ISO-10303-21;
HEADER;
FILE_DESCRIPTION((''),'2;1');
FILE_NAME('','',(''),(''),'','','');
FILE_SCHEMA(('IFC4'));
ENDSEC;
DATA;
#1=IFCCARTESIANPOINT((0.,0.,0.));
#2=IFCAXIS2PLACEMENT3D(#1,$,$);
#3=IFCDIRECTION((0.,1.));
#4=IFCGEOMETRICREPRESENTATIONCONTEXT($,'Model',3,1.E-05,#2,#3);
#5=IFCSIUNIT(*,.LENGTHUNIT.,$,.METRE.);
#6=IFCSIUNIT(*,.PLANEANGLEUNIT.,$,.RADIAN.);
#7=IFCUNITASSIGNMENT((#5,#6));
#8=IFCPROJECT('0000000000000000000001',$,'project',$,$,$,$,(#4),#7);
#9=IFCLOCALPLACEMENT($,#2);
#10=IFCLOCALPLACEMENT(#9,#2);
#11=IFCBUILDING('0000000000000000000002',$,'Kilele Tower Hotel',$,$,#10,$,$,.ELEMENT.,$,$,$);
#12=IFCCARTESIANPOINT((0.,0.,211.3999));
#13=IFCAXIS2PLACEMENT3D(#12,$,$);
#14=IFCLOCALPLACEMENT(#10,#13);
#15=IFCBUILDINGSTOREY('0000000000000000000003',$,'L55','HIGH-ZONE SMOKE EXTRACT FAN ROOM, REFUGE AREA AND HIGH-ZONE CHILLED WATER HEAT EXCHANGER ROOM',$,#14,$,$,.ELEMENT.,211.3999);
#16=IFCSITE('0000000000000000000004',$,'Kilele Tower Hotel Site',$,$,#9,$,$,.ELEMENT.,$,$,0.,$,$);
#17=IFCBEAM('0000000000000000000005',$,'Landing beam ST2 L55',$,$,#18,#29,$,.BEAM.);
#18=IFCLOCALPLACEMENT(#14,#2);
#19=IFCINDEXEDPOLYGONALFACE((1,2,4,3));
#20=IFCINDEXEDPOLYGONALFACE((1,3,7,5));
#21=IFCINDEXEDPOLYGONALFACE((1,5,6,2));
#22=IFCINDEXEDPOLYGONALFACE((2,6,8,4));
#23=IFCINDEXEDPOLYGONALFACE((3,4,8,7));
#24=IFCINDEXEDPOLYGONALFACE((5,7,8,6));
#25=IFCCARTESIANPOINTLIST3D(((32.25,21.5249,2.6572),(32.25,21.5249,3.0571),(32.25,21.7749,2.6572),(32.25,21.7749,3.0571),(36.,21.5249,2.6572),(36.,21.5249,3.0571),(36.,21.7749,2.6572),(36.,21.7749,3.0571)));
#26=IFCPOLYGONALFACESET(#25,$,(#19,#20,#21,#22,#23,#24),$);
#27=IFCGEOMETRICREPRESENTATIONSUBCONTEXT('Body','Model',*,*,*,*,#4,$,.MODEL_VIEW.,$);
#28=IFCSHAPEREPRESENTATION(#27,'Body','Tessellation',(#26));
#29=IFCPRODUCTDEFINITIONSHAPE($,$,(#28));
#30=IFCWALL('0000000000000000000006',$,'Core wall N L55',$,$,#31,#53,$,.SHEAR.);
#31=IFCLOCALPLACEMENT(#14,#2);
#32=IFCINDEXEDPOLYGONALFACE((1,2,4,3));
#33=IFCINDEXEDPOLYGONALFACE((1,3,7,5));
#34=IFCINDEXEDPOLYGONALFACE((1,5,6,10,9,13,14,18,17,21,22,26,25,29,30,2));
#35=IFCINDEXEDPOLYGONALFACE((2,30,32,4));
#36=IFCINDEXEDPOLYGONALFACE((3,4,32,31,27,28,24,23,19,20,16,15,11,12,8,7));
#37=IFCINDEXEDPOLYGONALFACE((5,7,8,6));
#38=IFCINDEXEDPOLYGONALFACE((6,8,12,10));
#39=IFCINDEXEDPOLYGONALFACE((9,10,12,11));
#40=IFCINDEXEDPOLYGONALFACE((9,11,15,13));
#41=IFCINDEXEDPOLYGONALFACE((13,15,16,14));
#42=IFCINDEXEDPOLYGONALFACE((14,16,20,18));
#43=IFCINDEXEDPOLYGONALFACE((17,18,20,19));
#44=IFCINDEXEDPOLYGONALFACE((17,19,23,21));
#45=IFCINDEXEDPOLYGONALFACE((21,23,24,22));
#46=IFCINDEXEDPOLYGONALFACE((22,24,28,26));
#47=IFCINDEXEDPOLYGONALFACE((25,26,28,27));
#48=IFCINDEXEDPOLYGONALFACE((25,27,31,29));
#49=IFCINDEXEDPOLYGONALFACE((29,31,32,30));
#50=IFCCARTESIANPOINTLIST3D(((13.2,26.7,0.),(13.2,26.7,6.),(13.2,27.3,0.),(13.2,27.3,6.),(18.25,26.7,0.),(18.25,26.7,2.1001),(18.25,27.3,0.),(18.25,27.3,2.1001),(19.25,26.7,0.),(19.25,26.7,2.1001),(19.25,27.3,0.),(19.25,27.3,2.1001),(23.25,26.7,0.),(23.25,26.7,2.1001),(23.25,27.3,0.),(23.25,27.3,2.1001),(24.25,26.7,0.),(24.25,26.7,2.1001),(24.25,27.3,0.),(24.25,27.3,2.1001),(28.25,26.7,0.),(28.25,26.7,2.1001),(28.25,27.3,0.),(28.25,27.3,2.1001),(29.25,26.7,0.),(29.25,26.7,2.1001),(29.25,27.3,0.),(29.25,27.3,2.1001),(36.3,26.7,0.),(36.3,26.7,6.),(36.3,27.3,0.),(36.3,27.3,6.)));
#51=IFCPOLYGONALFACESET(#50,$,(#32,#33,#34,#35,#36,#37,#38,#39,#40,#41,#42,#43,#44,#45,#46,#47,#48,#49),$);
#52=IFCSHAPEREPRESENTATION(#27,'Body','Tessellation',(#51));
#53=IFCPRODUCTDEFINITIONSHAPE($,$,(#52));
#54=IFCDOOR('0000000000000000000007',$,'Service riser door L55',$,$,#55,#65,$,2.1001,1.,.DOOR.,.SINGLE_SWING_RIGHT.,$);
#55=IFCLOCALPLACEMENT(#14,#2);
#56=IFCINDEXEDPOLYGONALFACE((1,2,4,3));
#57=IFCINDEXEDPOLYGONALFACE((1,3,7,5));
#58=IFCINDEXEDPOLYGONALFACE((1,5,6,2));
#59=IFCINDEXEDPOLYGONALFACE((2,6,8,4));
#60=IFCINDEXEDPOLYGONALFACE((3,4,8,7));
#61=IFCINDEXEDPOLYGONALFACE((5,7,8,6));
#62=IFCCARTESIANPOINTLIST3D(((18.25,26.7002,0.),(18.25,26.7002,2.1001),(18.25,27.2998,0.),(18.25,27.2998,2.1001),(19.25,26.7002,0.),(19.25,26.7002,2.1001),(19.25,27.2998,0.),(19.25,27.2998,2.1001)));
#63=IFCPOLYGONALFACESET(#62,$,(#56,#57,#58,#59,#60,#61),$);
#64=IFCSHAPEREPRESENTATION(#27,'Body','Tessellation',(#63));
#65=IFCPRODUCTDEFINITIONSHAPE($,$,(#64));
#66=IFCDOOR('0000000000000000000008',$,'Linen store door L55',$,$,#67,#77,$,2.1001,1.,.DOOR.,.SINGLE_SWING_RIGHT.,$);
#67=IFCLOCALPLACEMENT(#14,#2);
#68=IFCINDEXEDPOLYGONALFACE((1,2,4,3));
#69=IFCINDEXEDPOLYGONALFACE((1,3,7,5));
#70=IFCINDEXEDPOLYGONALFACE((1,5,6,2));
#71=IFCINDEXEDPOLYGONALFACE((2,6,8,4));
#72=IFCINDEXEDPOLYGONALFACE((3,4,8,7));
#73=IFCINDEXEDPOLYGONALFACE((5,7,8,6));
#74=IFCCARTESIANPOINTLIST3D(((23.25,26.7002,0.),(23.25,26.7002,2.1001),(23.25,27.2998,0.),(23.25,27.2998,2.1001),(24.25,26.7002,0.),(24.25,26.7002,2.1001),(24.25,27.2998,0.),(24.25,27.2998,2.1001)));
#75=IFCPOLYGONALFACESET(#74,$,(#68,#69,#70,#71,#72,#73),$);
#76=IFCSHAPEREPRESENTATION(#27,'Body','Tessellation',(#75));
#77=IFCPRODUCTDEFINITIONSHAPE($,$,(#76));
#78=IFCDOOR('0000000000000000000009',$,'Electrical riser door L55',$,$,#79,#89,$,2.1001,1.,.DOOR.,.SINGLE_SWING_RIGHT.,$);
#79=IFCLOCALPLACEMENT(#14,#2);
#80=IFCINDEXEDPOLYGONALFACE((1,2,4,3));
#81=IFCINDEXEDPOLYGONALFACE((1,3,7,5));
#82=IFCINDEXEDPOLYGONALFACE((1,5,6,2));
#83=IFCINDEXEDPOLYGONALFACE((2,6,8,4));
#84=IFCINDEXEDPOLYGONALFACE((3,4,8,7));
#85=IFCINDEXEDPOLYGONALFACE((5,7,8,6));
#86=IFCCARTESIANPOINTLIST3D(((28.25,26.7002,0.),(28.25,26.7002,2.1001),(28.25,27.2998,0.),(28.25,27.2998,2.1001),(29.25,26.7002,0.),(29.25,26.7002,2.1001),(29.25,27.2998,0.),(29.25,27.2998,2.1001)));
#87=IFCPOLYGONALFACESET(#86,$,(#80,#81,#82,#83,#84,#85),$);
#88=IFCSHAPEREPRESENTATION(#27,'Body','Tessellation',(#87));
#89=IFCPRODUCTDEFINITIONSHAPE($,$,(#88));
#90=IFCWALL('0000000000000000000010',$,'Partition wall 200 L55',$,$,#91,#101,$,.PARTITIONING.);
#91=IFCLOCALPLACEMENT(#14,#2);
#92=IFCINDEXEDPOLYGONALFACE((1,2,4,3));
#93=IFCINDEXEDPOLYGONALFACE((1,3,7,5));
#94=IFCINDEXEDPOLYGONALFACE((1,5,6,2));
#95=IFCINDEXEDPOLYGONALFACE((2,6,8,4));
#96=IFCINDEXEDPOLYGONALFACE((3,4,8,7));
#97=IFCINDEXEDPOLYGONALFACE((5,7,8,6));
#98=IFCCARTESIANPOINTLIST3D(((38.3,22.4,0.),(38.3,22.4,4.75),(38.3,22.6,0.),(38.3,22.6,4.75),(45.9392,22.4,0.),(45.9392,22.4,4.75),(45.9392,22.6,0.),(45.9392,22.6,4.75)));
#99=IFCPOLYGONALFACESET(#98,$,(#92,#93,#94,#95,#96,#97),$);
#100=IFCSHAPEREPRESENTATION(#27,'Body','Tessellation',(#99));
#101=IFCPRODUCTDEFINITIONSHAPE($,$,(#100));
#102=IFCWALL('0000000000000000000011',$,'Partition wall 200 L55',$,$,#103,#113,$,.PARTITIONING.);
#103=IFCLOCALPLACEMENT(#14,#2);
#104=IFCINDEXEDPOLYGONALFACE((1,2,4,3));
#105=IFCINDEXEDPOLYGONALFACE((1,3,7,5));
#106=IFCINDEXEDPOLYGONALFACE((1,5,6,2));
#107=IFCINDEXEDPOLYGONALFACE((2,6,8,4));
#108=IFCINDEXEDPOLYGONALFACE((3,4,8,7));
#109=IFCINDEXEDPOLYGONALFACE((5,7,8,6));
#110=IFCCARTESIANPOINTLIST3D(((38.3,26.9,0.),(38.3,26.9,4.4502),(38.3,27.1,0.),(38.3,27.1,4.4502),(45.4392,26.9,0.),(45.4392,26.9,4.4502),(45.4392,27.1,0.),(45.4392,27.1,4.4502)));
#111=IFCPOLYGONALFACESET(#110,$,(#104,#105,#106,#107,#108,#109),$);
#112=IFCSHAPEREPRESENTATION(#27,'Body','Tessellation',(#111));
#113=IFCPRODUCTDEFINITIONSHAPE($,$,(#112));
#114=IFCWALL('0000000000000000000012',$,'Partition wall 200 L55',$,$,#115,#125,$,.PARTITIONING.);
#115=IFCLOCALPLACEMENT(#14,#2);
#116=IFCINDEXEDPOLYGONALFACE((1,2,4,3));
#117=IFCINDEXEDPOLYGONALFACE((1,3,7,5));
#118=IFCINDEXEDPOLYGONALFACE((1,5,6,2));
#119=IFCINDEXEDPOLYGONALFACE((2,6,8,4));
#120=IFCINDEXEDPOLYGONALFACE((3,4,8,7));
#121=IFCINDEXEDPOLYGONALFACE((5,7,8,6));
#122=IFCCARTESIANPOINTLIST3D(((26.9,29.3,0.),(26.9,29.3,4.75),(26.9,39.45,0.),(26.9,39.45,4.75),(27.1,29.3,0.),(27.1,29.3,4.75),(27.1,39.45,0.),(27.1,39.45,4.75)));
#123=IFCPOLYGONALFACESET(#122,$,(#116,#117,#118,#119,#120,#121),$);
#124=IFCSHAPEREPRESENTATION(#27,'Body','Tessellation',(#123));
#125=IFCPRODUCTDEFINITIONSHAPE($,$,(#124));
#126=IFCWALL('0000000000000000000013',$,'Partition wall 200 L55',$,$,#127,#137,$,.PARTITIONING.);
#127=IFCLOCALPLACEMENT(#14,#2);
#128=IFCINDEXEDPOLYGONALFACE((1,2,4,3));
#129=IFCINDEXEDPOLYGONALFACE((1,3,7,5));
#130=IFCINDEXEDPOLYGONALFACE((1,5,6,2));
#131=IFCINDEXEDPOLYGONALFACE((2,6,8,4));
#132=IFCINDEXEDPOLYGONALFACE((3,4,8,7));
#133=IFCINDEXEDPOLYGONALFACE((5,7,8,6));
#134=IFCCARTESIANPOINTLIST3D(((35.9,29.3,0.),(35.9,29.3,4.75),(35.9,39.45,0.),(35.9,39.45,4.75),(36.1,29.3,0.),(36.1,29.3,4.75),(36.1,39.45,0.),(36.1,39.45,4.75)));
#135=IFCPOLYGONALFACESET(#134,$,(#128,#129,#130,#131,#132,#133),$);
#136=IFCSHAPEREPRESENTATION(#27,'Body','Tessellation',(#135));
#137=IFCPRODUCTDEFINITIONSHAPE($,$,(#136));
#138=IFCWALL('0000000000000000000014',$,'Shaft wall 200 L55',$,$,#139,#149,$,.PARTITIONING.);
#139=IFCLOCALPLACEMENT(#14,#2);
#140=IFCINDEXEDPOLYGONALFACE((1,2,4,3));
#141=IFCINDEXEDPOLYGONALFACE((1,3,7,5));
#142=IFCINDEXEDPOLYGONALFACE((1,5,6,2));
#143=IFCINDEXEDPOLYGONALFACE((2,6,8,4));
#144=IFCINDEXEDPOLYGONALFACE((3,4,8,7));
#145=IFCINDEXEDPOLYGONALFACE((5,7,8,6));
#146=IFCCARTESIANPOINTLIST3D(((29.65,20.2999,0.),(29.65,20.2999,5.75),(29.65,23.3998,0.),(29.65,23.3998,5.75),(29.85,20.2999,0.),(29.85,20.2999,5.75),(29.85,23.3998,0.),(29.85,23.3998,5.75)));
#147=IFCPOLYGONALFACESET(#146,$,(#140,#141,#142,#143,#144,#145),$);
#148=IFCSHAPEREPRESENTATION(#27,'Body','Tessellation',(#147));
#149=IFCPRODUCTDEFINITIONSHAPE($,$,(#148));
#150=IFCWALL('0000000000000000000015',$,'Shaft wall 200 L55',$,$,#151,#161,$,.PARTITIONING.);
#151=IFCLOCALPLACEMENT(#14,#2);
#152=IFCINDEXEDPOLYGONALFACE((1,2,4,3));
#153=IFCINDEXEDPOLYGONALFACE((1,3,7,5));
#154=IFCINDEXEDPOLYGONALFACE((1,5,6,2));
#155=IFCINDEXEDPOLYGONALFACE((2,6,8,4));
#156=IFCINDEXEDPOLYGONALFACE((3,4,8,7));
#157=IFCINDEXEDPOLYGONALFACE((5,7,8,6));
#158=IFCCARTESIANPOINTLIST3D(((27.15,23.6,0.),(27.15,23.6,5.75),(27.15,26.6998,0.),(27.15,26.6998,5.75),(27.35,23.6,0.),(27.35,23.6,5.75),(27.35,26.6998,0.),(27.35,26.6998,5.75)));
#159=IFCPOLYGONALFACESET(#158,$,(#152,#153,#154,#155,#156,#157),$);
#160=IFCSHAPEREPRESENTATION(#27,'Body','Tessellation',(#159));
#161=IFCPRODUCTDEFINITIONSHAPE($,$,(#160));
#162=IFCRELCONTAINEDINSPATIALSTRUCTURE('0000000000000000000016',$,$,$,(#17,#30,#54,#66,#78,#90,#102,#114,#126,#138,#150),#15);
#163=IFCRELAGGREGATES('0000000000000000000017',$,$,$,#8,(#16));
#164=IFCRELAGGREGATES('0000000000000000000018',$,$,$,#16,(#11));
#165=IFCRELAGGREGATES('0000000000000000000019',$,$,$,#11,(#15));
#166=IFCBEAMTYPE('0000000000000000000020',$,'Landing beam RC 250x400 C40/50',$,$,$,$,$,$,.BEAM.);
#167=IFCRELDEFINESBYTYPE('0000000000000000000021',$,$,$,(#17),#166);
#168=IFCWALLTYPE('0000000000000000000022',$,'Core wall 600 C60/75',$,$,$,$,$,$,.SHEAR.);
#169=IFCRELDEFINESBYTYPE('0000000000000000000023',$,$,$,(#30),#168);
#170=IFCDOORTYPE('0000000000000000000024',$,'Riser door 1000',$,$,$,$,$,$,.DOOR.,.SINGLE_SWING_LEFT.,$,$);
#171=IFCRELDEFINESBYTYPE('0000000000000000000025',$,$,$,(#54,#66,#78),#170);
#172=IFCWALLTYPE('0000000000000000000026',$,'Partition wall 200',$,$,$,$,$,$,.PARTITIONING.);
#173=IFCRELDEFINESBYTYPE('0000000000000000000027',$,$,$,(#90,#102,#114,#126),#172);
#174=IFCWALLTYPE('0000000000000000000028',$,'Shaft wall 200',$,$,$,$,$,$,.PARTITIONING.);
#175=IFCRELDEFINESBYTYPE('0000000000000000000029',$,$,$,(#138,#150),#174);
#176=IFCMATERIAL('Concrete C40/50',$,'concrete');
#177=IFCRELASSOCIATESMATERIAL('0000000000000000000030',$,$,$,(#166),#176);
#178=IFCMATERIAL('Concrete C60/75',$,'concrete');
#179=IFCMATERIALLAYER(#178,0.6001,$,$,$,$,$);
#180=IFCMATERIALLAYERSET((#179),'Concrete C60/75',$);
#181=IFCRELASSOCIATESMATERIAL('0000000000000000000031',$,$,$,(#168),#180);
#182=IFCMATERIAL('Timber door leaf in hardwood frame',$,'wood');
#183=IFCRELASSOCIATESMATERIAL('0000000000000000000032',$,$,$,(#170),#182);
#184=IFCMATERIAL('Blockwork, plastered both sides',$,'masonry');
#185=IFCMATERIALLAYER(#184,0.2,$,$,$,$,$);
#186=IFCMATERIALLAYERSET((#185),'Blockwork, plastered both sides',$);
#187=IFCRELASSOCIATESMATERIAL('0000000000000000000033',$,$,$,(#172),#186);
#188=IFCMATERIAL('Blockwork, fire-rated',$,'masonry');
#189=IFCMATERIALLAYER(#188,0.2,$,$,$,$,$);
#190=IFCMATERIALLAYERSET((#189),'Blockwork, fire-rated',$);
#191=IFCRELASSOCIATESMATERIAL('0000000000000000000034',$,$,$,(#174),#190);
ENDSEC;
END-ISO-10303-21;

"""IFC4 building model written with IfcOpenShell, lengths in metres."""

from ifc_helpers import new_model, si_unit, direction, frame, frame_2d, origin, origin_2d, place, context, subcontext, project, spatial, rectangle, extrude, material, layer, layer_set, material_profile, profile_set, type_object, element, fill, save


model = new_model("IFC4")

# Units and contexts
model_context = context("Model", 3, precision=1e-05, world=origin(), true_north=direction((0.0, 1.0)))
body_context = subcontext(model_context, "Body", "Model", "MODEL_VIEW")
ifc_project = project(units=[si_unit("LENGTHUNIT", "METRE"), si_unit("PLANEANGLEUNIT", "RADIAN")], contexts=[model_context])

# Site, building, storey
site_placement = place(None, origin())
site = spatial("IfcSite", under=ifc_project, at=site_placement, Name="Kilele Tower Hotel Site", CompositionType="ELEMENT", RefElevation=0.0)
building_placement = place(site_placement, origin())
building = spatial("IfcBuilding", under=site, at=building_placement, Name="Kilele Tower Hotel", CompositionType="ELEMENT")
storey_placement = place(building_placement, frame((0.0, 0.0, 211.3999)))
storey = spatial("IfcBuildingStorey", under=building, at=storey_placement, Name="L55", Description="HIGH-ZONE SMOKE EXTRACT FAN ROOM, REFUGE AREA AND HIGH-ZONE CHILLED WATER HEAT EXCHANGER ROOM", CompositionType="ELEMENT", Elevation=211.3999)

# Beam
ifc_material_1 = material(Name="Concrete C40/50", Category="concrete")
ifc_material_profile = material_profile(ifc_material_1, rectangle(XDim=0.25, YDim=0.3999, at=origin_2d()))
ifc_profile_set = profile_set([ifc_material_profile], Name="Concrete C40/50")
beam_type = type_object("IfcBeamType", Name="Landing beam RC 250x400 C40/50", PredefinedType="BEAM", material=ifc_profile_set)
beam_placement = place(storey_placement, frame((32.25, 21.6499, 2.8572), z_axis=(1.0, 0.0, 0.0), x_axis=(0.0, 1.0, 0.0)))
element("IfcBeam", 1, at=beam_placement, inside=storey, type_object=beam_type, Name="Landing beam ST2 L55", PredefinedType="BEAM", context=body_context, shape_type="SweptSolid", body=[
    extrude(rectangle(XDim=0.25, YDim=0.3999, at=origin_2d()), origin(), (0.0, 0.0, 1.0), 3.75),
])

# Wall, openings, doors
ifc_material_2 = material(Name="Concrete C60/75", Category="concrete")
ifc_layer_1 = layer(ifc_material_2, 0.6001)
ifc_layer_set_1 = layer_set([ifc_layer_1], Name="Concrete C60/75")
wall_type_1 = type_object("IfcWallType", Name="Core wall 600 C60/75", PredefinedType="SHEAR", material=ifc_layer_set_1)
wall_1_placement = place(storey_placement, frame((36.3, 27.0, 0.0), z_axis=(0.0, 0.0, 1.0), x_axis=(-1.0, 0.0, 0.0)))
wall_1 = element("IfcWall", 2, at=wall_1_placement, inside=storey, type_object=wall_type_1, Name="Core wall N L55", PredefinedType="SHEAR", context=body_context, shape_type="SweptSolid", body=[
    extrude(rectangle(XDim=23.1001, YDim=0.6001, at=frame_2d((11.55, 0.0))), origin(), (0.0, 0.0, 1.0), 6.0),
])
opening_1_placement = place(wall_1_placement, frame((17.05, 0.0, 0.0)))
opening_1 = element("IfcOpeningElement", 3, at=opening_1_placement, cuts=wall_1, PredefinedType="OPENING", context=body_context, shape_type="SweptSolid", body=[
    extrude(rectangle(XDim=1.0, YDim=2.1001, at=frame_2d((0.5, 1.05))), frame((0.0, 0.3101, 0.0), z_axis=(0.0, -1.0, 0.0), x_axis=(1.0, 0.0, 0.0)), (0.0, 0.0, 1.0), 0.6201),
])
opening_2_placement = place(wall_1_placement, frame((12.05, 0.0, 0.0)))
opening_2 = element("IfcOpeningElement", 4, at=opening_2_placement, cuts=wall_1, PredefinedType="OPENING", context=body_context, shape_type="SweptSolid", body=[
    extrude(rectangle(XDim=1.0, YDim=2.1001, at=frame_2d((0.5, 1.05))), frame((0.0, 0.3101, 0.0), z_axis=(0.0, -1.0, 0.0), x_axis=(1.0, 0.0, 0.0)), (0.0, 0.0, 1.0), 0.6201),
])
opening_3_placement = place(wall_1_placement, frame((7.05, 0.0, 0.0)))
opening_3 = element("IfcOpeningElement", 5, at=opening_3_placement, cuts=wall_1, PredefinedType="OPENING", context=body_context, shape_type="SweptSolid", body=[
    extrude(rectangle(XDim=1.0, YDim=2.1001, at=frame_2d((0.5, 1.05))), frame((0.0, 0.3101, 0.0), z_axis=(0.0, -1.0, 0.0), x_axis=(1.0, 0.0, 0.0)), (0.0, 0.0, 1.0), 0.6201),
])
ifc_material_3 = material(Name="Timber door leaf in hardwood frame", Category="wood")
door_type = type_object("IfcDoorType", Name="Riser door 1000", OperationType="SINGLE_SWING_LEFT", PredefinedType="DOOR", material=ifc_material_3)
door_1_placement = place(opening_1_placement, origin())
door_1 = element("IfcDoor", 6, at=door_1_placement, inside=storey, type_object=door_type, Name="Service riser door L55", OperationType="SINGLE_SWING_RIGHT", OverallHeight=2.1001, OverallWidth=1.0, PredefinedType="DOOR", context=body_context, shape_type="SweptSolid", body=[
    extrude(rectangle(XDim=1.0, YDim=2.1001, at=frame_2d((0.5, 1.05))), frame((0.0, 0.2998, 0.0), z_axis=(0.0, -1.0, 0.0), x_axis=(1.0, 0.0, 0.0)), (0.0, 0.0, 1.0), 0.5996),
])
fill(opening_1, door_1)
door_2_placement = place(opening_2_placement, origin())
door_2 = element("IfcDoor", 7, at=door_2_placement, inside=storey, type_object=door_type, Name="Linen store door L55", OperationType="SINGLE_SWING_RIGHT", OverallHeight=2.1001, OverallWidth=1.0, PredefinedType="DOOR", context=body_context, shape_type="SweptSolid", body=[
    extrude(rectangle(XDim=1.0, YDim=2.1001, at=frame_2d((0.5, 1.05))), frame((0.0, 0.2998, 0.0), z_axis=(0.0, -1.0, 0.0), x_axis=(1.0, 0.0, 0.0)), (0.0, 0.0, 1.0), 0.5996),
])
fill(opening_2, door_2)
door_3_placement = place(opening_3_placement, origin())
door_3 = element("IfcDoor", 8, at=door_3_placement, inside=storey, type_object=door_type, Name="Electrical riser door L55", OperationType="SINGLE_SWING_RIGHT", OverallHeight=2.1001, OverallWidth=1.0, PredefinedType="DOOR", context=body_context, shape_type="SweptSolid", body=[
    extrude(rectangle(XDim=1.0, YDim=2.1001, at=frame_2d((0.5, 1.05))), frame((0.0, 0.2998, 0.0), z_axis=(0.0, -1.0, 0.0), x_axis=(1.0, 0.0, 0.0)), (0.0, 0.0, 1.0), 0.5996),
])
fill(opening_3, door_3)

# Walls
ifc_material_4 = material(Name="Blockwork, plastered both sides", Category="masonry")
ifc_layer_2 = layer(ifc_material_4, 0.2)
ifc_layer_set_2 = layer_set([ifc_layer_2], Name="Blockwork, plastered both sides")
wall_type_2 = type_object("IfcWallType", Name="Partition wall 200", PredefinedType="PARTITIONING", material=ifc_layer_set_2)
wall_2_placement = place(storey_placement, frame((38.3, 22.5, 0.0), z_axis=(0.0, 0.0, 1.0), x_axis=(1.0, 0.0, 0.0)))
element("IfcWall", 9, at=wall_2_placement, inside=storey, type_object=wall_type_2, Name="Partition wall 200 L55", PredefinedType="PARTITIONING", context=body_context, shape_type="SweptSolid", body=[
    extrude(rectangle(XDim=7.6392, YDim=0.2, at=frame_2d((3.8196, 0.0))), origin(), (0.0, 0.0, 1.0), 4.75),
])
wall_3_placement = place(storey_placement, frame((38.3, 27.0, 0.0), z_axis=(0.0, 0.0, 1.0), x_axis=(1.0, 0.0, 0.0)))
element("IfcWall", 10, at=wall_3_placement, inside=storey, type_object=wall_type_2, Name="Partition wall 200 L55", PredefinedType="PARTITIONING", context=body_context, shape_type="SweptSolid", body=[
    extrude(rectangle(XDim=7.1392, YDim=0.2, at=frame_2d((3.5696, 0.0))), origin(), (0.0, 0.0, 1.0), 4.4502),
])
for number, where, z_axis, x_axis, name in (
    (11, (27.0, 29.3, 0.0), (0.0, 0.0, 1.0), (0.0, 1.0, 0.0), "Partition wall 200 L55"),
    (12, (36.0, 29.3, 0.0), (0.0, 0.0, 1.0), (0.0, 1.0, 0.0), "Partition wall 200 L55"),
):
    element("IfcWall", number, at=place(storey_placement, frame(where, z_axis=z_axis, x_axis=x_axis)), inside=storey, type_object=wall_type_2, Name=name, PredefinedType="PARTITIONING", context=body_context, shape_type="SweptSolid", body=[
        extrude(rectangle(XDim=10.1499, YDim=0.2, at=frame_2d((5.075, 0.0))), origin(), (0.0, 0.0, 1.0), 4.75),
    ])
ifc_material_5 = material(Name="Blockwork, fire-rated", Category="masonry")
ifc_layer_3 = layer(ifc_material_5, 0.2)
ifc_layer_set_3 = layer_set([ifc_layer_3], Name="Blockwork, fire-rated")
wall_type_3 = type_object("IfcWallType", Name="Shaft wall 200", PredefinedType="PARTITIONING", material=ifc_layer_set_3)
for number, where, z_axis, x_axis, name in (
    (13, (29.75, 20.3, 0.0), (0.0, 0.0, 1.0), (0.0, 1.0, 0.0), "Shaft wall 200 L55"),
    (14, (27.25, 23.6001, 0.0), (0.0, 0.0, 1.0), (0.0, 1.0, 0.0), "Shaft wall 200 L55"),
):
    element("IfcWall", number, at=place(storey_placement, frame(where, z_axis=z_axis, x_axis=x_axis)), inside=storey, type_object=wall_type_3, Name=name, PredefinedType="PARTITIONING", context=body_context, shape_type="SweptSolid", body=[
        extrude(rectangle(XDim=3.0999, YDim=0.2, at=frame_2d((1.5498, 0.0))), origin(), (0.0, 0.0, 1.0), 5.75),
    ])

save(model, "model.ifc")
